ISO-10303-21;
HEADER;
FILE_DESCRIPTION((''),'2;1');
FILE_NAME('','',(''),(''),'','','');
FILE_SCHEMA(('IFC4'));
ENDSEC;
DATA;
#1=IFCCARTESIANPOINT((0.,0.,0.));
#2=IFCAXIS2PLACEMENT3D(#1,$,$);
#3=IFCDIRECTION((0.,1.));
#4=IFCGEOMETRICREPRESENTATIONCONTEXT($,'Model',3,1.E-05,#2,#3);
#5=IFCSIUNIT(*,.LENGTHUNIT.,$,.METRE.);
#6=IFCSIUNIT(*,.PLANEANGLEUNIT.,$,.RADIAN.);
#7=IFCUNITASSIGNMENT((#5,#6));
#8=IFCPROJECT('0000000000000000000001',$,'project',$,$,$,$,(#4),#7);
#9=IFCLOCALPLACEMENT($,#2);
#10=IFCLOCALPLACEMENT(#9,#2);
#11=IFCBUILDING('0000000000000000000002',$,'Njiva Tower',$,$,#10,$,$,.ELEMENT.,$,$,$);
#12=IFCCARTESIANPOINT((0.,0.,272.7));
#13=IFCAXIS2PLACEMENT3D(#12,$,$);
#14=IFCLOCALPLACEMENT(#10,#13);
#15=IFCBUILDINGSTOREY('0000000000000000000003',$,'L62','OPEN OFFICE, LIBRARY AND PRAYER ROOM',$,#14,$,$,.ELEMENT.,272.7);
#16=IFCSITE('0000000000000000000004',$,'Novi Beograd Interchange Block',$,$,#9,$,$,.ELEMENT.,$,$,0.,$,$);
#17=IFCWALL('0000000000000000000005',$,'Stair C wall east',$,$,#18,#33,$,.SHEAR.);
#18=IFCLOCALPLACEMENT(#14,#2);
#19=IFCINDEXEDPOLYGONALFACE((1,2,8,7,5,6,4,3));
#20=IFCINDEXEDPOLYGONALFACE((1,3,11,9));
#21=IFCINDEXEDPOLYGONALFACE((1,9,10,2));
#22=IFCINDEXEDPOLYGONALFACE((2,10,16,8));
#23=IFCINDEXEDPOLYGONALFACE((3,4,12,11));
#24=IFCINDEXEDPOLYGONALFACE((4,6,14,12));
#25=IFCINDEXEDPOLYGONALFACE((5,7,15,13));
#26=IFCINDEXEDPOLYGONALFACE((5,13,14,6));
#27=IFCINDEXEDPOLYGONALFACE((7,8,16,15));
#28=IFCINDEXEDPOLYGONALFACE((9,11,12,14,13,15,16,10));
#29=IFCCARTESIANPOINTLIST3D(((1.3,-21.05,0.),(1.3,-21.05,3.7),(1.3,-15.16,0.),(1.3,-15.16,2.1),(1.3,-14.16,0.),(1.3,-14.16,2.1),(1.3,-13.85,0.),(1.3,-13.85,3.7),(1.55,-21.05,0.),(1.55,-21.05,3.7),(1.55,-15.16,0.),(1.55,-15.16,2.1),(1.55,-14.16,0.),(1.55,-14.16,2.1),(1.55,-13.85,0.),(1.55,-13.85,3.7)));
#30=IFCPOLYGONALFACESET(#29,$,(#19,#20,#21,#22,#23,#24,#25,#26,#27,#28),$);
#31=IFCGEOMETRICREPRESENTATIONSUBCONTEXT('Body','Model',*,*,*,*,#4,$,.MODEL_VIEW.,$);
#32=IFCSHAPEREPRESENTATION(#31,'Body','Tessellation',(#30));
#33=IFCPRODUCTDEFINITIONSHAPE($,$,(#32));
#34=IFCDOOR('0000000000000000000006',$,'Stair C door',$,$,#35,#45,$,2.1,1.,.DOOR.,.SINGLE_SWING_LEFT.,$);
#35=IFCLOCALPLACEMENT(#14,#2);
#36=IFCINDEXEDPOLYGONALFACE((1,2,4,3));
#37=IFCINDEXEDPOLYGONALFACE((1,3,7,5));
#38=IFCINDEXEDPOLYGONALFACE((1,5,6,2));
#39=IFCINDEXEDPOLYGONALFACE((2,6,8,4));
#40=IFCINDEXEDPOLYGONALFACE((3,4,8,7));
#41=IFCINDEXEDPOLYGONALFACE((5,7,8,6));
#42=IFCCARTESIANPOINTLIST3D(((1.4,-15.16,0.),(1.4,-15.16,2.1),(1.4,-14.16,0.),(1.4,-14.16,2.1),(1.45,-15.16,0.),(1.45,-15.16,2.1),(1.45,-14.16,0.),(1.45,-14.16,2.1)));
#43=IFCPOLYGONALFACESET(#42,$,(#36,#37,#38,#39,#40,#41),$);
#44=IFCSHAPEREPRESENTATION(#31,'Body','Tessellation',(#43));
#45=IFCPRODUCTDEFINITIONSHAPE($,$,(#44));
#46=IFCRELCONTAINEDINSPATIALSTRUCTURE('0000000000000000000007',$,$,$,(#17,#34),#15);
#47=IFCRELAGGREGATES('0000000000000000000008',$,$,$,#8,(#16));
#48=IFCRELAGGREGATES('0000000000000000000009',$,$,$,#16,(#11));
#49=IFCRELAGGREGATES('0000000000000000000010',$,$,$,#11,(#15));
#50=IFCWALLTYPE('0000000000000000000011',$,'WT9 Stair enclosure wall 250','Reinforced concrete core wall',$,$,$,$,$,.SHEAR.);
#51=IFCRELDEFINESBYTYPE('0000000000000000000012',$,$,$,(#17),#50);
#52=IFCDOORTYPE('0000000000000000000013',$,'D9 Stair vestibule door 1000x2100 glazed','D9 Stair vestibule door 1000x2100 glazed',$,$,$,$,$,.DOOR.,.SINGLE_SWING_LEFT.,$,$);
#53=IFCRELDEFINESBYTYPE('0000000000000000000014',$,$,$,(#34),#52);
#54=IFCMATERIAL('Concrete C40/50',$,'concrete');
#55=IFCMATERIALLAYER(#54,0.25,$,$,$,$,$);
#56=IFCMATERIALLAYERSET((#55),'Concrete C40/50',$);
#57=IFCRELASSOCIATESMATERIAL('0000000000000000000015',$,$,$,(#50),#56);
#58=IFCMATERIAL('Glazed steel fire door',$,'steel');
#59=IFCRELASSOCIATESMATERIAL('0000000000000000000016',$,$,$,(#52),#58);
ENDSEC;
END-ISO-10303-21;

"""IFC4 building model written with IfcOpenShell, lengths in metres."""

from ifc_helpers import new_model, si_unit, direction, frame, frame_2d, origin, place, context, subcontext, project, spatial, rectangle, extrude, material, layer, layer_set, type_object, element, fill, save


model = new_model("IFC4")

# Units and contexts
model_context = context("Model", 3, precision=1e-05, world=origin(), true_north=direction((0.0, 1.0)))
body_context = subcontext(model_context, "Body", "Model", "MODEL_VIEW")
ifc_project = project(units=[si_unit("LENGTHUNIT", "METRE"), si_unit("PLANEANGLEUNIT", "RADIAN")], contexts=[model_context])

# Site, building, storey
site_placement = place(None, origin())
site = spatial("IfcSite", under=ifc_project, at=site_placement, Name="Novi Beograd Interchange Block", CompositionType="ELEMENT", RefElevation=0.0)
building_placement = place(site_placement, origin())
building = spatial("IfcBuilding", under=site, at=building_placement, Name="Njiva Tower", CompositionType="ELEMENT")
storey_placement = place(building_placement, frame((0.0, 0.0, 272.7)))
storey = spatial("IfcBuildingStorey", under=building, at=storey_placement, Name="L62", Description="OPEN OFFICE, LIBRARY AND PRAYER ROOM", CompositionType="ELEMENT", Elevation=272.7)

# Wall, opening, door
ifc_material_1 = material(Name="Concrete C40/50", Category="concrete")
ifc_layer_1 = layer(ifc_material_1, 0.25)
ifc_layer_set_1 = layer_set([ifc_layer_1], Name="Concrete C40/50")
wall_type_1 = type_object("IfcWallType", Name="WT9 Stair enclosure wall 250", Description="Reinforced concrete core wall", PredefinedType="SHEAR", material=ifc_layer_set_1)
wall_1_placement = place(storey_placement, frame((1.425, -21.05, 0.0), z_axis=(0.0, 0.0, 1.0), x_axis=(0.0, 1.0, 0.0)))
wall_1 = element("IfcWall", 1, at=wall_1_placement, inside=storey, type_object=wall_type_1, Name="Stair C wall east", PredefinedType="SHEAR", context=body_context, shape_type="SweptSolid", body=[
    extrude(rectangle(XDim=7.2, YDim=0.25, at=frame_2d((3.6, 0.0))), origin(), (0.0, 0.0, 1.0), 3.7),
])
opening_1_placement = place(wall_1_placement, frame((5.89, 0.0, 0.0)))
opening_1 = element("IfcOpeningElement", 2, at=opening_1_placement, cuts=wall_1, PredefinedType="OPENING", context=body_context, shape_type="SweptSolid", body=[
    extrude(rectangle(XDim=1.0, YDim=2.1, at=frame_2d((0.5, 1.05))), frame((0.0, 0.135, 0.0), z_axis=(0.0, -1.0, 0.0), x_axis=(1.0, 0.0, 0.0)), (0.0, 0.0, 1.0), 0.27),
])
ifc_material_2 = material(Name="Glazed steel fire door", Category="steel")
door_type = type_object("IfcDoorType", Name="D9 Stair vestibule door 1000x2100 glazed", Description="D9 Stair vestibule door 1000x2100 glazed", OperationType="SINGLE_SWING_LEFT", PredefinedType="DOOR", material=ifc_material_2)
door_placement = place(opening_1_placement, origin())
door = element("IfcDoor", 3, at=door_placement, inside=storey, type_object=door_type, Name="Stair C door", OperationType="SINGLE_SWING_LEFT", OverallHeight=2.1, OverallWidth=1.0, PredefinedType="DOOR", context=body_context, shape_type="SweptSolid", body=[
    extrude(rectangle(XDim=1.0, YDim=2.1, at=frame_2d((0.5, 1.05))), frame((0.0, 0.025, 0.0), z_axis=(0.0, -1.0, 0.0), x_axis=(1.0, 0.0, 0.0)), (0.0, 0.0, 1.0), 0.05),
])
fill(opening_1, door)

save(model, "model.ifc")
